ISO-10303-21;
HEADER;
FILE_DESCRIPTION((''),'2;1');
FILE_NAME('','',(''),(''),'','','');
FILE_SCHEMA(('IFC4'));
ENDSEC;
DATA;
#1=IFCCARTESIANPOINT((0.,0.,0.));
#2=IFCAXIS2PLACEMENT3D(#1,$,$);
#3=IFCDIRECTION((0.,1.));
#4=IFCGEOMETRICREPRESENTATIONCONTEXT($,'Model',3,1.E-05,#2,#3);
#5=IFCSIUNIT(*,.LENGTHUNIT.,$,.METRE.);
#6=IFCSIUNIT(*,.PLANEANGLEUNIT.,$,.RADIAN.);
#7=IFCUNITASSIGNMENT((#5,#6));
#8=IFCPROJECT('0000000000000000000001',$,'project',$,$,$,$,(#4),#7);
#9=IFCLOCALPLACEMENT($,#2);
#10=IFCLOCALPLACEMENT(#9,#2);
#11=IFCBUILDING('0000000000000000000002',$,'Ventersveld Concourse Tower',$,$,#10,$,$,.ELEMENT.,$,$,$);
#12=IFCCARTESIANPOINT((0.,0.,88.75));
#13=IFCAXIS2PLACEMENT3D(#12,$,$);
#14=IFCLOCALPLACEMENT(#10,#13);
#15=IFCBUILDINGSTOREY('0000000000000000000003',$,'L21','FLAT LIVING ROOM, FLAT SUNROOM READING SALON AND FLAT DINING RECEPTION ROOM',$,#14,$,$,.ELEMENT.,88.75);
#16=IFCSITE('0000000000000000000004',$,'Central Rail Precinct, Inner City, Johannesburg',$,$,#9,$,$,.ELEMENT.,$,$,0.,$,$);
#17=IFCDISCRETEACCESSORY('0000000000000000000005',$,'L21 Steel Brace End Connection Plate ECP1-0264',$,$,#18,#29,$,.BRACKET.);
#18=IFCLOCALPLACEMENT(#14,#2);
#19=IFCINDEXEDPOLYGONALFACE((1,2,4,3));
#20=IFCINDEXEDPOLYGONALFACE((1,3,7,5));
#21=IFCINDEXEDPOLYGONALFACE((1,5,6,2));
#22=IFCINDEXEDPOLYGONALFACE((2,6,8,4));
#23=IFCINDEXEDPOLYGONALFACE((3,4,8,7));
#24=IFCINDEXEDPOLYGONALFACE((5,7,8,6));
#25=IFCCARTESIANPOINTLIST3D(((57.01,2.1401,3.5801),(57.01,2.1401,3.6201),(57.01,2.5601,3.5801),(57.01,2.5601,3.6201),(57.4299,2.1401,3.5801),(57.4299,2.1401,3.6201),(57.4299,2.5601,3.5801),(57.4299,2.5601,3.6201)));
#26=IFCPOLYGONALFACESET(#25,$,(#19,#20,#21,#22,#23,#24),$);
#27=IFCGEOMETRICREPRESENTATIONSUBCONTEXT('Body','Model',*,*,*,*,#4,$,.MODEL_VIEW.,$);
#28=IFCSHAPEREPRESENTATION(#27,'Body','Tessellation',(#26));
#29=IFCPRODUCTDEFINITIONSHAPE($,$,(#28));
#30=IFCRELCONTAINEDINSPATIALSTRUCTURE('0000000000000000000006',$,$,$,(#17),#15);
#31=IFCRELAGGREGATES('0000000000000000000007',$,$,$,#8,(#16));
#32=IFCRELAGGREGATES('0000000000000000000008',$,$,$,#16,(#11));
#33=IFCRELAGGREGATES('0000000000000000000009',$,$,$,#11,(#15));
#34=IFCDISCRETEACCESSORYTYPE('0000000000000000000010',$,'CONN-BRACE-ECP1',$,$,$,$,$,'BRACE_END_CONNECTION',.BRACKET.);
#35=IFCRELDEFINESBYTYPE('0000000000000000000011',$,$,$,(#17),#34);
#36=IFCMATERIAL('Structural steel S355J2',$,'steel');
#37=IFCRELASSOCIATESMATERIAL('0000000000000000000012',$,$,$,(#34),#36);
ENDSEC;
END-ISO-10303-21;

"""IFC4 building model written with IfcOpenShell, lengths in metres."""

from ifc_helpers import new_model, si_unit, direction, frame, origin, origin_2d, place, context, subcontext, project, spatial, rectangle, extrude, material, type_object, element, save


model = new_model("IFC4")

# Units and contexts
model_context = context("Model", 3, precision=1e-05, world=origin(), true_north=direction((0.0, 1.0)))
body_context = subcontext(model_context, "Body", "Model", "MODEL_VIEW")
ifc_project = project(units=[si_unit("LENGTHUNIT", "METRE"), si_unit("PLANEANGLEUNIT", "RADIAN")], contexts=[model_context])

# Site, building, storey
site_placement = place(None, origin())
site = spatial("IfcSite", under=ifc_project, at=site_placement, Name="Central Rail Precinct, Inner City, Johannesburg", CompositionType="ELEMENT", RefElevation=0.0)
building_placement = place(site_placement, origin())
building = spatial("IfcBuilding", under=site, at=building_placement, Name="Ventersveld Concourse Tower", CompositionType="ELEMENT")
storey_placement = place(building_placement, frame((0.0, 0.0, 88.75)))
storey = spatial("IfcBuildingStorey", under=building, at=storey_placement, Name="L21", Description="FLAT LIVING ROOM, FLAT SUNROOM READING SALON AND FLAT DINING RECEPTION ROOM", CompositionType="ELEMENT", Elevation=88.75)

# Shared definitions
ifc_material_1 = material(Name="Structural steel S355J2", Category="steel")

# Discrete accessory
discrete_accessory_type = type_object("IfcDiscreteAccessoryType", Name="CONN-BRACE-ECP1", ElementType="BRACE_END_CONNECTION", PredefinedType="BRACKET", material=ifc_material_1)
discrete_accessory_placement = place(storey_placement, frame((57.22, 2.3501, 3.5801), z_axis=(0.0, 0.0, 1.0), x_axis=(1.0, 0.0, 0.0)))
element("IfcDiscreteAccessory", 1, at=discrete_accessory_placement, inside=storey, type_object=discrete_accessory_type, Name="L21 Steel Brace End Connection Plate ECP1-0264", PredefinedType="BRACKET", context=body_context, shape_type="SweptSolid", body=[
    extrude(rectangle(XDim=0.4199, YDim=0.4199, at=origin_2d()), origin(), (0.0, 0.0, 1.0), 0.04),
])

save(model, "model.ifc")
